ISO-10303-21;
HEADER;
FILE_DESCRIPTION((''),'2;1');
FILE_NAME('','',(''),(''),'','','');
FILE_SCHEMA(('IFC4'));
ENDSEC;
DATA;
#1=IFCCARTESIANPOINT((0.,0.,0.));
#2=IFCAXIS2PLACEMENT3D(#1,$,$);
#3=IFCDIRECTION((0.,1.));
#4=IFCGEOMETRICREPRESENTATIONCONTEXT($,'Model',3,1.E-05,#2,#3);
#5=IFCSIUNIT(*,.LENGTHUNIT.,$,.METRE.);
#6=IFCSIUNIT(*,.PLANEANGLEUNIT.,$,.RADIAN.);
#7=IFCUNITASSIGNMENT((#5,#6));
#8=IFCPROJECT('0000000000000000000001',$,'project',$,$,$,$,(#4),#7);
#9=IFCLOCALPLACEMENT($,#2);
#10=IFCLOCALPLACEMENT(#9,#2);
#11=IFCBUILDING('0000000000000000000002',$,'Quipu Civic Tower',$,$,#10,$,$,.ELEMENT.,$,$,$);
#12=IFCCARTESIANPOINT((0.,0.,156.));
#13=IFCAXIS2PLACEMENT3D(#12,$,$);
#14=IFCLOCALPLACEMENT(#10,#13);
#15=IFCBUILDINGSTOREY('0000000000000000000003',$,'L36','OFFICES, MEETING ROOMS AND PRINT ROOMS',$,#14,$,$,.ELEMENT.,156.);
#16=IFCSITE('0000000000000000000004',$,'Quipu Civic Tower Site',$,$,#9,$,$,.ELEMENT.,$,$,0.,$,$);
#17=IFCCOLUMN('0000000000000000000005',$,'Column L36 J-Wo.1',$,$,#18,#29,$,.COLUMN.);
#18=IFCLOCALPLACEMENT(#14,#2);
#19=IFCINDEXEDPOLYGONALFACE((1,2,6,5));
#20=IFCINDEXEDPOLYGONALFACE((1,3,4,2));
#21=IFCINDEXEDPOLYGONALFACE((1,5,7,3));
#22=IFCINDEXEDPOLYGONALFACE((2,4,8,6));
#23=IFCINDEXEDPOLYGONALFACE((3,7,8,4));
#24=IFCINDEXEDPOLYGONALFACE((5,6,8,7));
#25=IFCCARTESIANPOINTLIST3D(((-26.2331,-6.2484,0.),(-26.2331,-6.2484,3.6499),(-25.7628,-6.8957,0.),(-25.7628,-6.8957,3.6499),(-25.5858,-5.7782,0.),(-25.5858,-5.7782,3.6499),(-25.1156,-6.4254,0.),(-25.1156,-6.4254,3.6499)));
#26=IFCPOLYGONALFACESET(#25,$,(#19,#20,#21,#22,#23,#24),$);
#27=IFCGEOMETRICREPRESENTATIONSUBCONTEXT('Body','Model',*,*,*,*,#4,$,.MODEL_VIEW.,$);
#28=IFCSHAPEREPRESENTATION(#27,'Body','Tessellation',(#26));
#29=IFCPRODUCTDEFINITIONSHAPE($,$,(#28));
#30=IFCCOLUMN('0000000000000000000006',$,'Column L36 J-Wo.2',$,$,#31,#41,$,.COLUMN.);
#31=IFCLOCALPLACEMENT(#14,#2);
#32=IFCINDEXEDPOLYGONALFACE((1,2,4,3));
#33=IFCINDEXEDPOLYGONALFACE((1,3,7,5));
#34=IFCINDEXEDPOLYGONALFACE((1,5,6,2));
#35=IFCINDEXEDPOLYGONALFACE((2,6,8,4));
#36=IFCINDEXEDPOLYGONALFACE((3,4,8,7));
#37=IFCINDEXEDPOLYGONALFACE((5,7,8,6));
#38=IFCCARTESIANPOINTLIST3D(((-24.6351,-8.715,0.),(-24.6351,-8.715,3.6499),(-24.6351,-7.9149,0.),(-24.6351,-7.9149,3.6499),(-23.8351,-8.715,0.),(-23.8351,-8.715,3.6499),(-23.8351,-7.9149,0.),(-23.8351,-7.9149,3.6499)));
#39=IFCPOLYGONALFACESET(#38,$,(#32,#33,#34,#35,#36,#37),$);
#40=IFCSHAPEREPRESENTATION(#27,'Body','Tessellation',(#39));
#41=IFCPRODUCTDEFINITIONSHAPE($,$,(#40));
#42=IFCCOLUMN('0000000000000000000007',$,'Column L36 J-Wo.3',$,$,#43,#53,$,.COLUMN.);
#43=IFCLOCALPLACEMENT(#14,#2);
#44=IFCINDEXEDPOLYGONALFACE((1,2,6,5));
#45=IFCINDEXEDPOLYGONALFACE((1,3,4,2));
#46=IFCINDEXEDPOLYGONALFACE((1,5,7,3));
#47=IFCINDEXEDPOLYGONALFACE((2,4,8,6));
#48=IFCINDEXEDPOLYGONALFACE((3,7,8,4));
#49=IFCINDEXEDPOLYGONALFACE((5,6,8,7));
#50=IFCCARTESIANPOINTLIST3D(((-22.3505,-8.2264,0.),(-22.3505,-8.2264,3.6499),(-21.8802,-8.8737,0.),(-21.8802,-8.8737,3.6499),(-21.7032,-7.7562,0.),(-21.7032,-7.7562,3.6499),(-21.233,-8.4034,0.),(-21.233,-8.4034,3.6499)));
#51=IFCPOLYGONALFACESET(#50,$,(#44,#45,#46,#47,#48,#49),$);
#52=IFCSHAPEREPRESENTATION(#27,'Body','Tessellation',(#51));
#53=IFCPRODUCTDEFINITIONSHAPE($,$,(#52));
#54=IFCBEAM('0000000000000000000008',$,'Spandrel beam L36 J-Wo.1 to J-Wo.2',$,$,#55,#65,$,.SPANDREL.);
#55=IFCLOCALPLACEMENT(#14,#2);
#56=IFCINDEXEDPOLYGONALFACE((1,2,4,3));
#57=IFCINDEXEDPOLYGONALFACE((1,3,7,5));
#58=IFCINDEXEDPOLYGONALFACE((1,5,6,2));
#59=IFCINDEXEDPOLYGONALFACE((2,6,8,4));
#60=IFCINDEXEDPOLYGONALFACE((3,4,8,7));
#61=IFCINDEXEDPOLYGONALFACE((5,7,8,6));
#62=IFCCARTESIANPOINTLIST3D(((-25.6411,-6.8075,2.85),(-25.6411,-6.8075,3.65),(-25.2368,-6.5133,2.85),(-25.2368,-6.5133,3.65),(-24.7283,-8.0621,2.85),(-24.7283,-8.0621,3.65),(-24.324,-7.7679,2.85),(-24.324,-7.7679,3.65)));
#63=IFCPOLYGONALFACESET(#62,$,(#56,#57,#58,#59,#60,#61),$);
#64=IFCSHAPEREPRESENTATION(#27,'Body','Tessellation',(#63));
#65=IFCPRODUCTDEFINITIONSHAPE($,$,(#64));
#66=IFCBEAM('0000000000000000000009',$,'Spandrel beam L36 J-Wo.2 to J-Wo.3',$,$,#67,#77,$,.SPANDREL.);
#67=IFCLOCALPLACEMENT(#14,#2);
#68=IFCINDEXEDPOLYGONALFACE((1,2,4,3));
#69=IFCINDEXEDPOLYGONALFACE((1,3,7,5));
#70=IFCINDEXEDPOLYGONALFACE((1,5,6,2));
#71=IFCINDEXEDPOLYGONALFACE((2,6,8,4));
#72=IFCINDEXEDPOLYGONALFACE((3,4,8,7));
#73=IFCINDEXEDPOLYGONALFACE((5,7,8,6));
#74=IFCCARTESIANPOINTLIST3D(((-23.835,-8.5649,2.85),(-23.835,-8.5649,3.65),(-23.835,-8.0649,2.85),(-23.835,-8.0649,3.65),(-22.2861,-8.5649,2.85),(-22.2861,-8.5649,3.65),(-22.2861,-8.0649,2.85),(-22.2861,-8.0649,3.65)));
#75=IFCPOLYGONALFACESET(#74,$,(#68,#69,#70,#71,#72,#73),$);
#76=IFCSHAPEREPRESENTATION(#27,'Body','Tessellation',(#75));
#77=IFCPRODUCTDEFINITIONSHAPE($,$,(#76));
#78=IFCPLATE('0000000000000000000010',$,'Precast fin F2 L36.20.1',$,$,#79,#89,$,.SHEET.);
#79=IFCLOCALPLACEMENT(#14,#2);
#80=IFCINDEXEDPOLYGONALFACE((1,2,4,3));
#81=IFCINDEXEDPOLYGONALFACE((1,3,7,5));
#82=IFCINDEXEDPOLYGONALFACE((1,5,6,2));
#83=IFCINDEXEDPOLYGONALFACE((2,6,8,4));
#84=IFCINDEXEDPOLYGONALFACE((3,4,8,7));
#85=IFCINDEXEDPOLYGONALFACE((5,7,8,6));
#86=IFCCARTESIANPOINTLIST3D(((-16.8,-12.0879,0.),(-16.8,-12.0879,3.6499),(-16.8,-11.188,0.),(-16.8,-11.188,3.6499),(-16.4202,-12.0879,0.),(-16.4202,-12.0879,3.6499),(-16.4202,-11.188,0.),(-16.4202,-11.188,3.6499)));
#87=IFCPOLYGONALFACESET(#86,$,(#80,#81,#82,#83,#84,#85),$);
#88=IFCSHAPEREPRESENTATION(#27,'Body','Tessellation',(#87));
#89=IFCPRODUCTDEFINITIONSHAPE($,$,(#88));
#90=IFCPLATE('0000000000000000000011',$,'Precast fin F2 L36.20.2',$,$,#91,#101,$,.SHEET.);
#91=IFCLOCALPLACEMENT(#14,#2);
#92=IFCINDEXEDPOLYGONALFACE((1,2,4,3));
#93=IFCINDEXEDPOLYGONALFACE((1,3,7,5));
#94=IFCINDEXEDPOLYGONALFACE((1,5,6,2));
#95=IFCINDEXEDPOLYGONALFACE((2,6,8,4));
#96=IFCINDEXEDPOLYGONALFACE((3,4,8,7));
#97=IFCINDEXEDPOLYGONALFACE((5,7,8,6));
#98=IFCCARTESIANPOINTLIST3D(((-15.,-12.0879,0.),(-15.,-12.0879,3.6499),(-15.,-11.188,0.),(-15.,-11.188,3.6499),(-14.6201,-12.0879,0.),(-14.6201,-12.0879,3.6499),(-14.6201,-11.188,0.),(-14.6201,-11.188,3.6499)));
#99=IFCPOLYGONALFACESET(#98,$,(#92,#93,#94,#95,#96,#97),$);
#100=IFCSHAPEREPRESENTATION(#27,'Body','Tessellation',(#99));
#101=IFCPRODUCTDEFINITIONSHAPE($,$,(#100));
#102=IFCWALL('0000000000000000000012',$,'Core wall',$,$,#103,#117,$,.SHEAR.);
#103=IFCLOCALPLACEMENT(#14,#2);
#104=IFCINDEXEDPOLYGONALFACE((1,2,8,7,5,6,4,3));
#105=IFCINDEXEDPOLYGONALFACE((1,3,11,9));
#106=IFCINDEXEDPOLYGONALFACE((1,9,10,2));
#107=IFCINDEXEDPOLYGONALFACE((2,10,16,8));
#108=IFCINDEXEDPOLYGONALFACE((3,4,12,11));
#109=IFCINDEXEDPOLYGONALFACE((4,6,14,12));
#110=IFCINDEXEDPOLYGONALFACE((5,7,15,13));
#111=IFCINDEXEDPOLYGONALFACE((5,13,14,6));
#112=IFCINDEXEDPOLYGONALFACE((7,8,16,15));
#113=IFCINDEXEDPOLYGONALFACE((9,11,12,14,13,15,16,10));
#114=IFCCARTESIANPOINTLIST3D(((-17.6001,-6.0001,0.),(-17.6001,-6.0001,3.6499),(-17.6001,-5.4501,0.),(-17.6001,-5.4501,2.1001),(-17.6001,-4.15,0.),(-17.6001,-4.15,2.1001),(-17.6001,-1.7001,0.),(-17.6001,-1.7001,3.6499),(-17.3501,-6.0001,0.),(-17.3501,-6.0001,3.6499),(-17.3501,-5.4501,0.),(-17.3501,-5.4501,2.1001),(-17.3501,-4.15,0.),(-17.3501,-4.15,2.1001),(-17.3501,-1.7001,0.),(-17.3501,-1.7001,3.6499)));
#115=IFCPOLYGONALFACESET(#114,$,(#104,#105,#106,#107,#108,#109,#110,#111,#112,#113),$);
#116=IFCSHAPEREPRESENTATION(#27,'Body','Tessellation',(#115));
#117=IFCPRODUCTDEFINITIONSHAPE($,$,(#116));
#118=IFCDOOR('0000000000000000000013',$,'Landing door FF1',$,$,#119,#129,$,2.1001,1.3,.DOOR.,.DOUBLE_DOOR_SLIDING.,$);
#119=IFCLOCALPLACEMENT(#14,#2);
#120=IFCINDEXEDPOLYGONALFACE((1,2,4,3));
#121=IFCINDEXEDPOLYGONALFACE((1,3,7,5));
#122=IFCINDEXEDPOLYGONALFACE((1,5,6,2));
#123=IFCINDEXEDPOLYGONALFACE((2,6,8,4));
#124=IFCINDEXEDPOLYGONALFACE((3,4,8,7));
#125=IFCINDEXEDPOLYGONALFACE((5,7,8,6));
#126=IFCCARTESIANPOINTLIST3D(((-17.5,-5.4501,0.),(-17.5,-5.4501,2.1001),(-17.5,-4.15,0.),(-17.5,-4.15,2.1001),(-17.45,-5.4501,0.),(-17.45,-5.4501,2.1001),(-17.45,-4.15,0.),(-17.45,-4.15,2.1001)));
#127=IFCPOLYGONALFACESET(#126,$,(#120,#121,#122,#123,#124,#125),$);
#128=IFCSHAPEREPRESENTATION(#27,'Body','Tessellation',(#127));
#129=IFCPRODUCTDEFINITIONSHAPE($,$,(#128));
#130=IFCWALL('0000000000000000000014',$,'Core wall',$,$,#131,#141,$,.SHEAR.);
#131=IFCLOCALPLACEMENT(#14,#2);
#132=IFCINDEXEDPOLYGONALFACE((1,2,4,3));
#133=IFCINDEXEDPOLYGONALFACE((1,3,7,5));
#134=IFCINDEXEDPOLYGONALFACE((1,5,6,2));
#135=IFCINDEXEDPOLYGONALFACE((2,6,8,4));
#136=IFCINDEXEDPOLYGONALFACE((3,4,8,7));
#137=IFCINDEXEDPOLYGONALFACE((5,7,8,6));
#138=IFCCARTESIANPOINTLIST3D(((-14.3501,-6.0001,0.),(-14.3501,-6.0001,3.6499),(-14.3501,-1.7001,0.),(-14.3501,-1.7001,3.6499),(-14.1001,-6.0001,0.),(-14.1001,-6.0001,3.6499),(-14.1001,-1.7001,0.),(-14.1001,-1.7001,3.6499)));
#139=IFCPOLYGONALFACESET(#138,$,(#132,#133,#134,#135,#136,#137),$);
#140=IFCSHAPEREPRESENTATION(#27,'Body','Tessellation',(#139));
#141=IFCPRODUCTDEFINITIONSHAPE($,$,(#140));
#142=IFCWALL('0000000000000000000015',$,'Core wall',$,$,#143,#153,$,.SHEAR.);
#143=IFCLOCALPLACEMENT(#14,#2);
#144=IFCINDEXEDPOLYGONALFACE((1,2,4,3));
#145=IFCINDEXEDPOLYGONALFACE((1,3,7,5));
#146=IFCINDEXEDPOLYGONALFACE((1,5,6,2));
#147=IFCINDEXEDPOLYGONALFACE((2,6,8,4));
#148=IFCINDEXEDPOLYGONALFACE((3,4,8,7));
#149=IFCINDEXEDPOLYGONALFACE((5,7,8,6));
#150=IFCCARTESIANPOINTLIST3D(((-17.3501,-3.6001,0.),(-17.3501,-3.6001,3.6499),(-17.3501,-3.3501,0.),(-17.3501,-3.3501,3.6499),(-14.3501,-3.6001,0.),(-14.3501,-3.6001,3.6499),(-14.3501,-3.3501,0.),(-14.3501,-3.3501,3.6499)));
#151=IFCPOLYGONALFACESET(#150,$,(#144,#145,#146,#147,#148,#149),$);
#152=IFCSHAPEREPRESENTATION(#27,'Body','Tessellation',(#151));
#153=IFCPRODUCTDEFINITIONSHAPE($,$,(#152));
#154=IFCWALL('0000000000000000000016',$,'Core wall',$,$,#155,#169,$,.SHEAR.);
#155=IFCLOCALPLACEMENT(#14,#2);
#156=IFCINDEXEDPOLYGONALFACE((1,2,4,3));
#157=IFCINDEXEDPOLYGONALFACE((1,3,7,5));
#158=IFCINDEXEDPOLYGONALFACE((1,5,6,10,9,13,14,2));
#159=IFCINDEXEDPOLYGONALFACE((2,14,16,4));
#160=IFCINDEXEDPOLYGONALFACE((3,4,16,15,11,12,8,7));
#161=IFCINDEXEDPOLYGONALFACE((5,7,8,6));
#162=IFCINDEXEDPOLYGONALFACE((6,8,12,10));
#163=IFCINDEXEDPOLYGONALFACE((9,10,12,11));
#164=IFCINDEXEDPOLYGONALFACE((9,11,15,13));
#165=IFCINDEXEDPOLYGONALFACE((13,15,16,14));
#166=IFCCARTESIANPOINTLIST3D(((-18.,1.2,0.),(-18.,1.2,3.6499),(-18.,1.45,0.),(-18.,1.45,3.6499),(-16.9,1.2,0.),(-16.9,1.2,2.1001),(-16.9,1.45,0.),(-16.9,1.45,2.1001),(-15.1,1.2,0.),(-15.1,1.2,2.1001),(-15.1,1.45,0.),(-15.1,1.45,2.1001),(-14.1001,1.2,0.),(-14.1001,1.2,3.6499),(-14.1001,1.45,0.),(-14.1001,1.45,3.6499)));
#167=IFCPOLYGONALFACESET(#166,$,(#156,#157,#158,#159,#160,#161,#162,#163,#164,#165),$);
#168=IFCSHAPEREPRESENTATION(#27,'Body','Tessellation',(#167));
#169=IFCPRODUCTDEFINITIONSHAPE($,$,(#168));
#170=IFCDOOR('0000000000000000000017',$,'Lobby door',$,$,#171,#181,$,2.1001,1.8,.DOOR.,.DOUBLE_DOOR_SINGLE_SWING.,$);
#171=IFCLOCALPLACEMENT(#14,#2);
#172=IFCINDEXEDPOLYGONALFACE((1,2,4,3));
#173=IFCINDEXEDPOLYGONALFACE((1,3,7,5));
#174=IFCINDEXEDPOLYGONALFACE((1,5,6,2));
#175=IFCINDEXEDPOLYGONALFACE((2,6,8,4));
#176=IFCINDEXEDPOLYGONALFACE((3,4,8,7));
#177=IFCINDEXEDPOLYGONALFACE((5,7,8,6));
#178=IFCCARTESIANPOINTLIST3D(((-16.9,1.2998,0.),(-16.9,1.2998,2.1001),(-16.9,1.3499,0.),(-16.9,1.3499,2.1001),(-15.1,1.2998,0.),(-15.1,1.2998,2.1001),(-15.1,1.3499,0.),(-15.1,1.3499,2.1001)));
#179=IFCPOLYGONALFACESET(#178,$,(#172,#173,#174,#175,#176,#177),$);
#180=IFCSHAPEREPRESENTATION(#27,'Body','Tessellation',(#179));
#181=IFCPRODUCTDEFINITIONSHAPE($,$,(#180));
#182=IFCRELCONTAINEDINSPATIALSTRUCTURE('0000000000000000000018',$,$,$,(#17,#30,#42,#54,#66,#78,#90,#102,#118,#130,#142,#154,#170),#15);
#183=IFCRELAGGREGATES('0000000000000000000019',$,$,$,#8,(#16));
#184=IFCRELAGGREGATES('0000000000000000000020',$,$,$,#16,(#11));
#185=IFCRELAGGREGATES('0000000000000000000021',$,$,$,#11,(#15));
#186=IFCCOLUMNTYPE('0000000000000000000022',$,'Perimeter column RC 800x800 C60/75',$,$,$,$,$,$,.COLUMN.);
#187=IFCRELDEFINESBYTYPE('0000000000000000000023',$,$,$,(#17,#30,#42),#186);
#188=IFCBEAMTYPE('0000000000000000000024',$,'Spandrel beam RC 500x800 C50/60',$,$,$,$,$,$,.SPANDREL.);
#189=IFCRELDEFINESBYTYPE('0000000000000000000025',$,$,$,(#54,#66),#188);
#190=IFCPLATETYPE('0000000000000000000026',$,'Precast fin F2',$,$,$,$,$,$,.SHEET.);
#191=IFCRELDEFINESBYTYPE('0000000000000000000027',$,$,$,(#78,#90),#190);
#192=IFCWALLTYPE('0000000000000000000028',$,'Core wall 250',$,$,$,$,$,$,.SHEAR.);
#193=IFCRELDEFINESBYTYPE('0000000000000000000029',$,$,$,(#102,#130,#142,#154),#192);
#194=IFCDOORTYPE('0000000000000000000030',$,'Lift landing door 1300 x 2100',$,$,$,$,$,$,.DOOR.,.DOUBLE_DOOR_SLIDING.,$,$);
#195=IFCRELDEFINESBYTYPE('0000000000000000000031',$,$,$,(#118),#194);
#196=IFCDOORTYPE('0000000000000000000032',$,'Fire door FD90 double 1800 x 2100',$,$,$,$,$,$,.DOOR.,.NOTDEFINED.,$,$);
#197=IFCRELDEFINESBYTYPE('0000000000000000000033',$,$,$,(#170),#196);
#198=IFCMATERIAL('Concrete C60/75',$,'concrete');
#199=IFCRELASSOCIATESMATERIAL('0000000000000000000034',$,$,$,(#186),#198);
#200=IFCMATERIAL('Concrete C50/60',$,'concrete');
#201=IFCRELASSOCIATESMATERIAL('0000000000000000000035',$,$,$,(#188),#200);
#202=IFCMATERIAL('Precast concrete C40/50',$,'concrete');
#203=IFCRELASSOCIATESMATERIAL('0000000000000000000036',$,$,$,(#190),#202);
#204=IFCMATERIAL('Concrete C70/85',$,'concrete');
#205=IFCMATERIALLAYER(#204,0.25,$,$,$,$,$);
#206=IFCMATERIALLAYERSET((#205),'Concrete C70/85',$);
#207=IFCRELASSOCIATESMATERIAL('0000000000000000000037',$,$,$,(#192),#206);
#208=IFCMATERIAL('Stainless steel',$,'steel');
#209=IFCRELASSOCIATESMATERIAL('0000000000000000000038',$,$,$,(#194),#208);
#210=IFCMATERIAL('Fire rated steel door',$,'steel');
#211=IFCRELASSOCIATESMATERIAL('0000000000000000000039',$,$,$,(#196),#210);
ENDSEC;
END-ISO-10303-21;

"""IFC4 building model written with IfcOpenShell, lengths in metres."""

from ifc_helpers import new_model, si_unit, direction, frame, frame_2d, origin, origin_2d, place, context, subcontext, project, spatial, rectangle, extrude, material, layer, layer_set, material_profile, profile_set, type_object, element, fill, save


model = new_model("IFC4")

# Units and contexts
model_context = context("Model", 3, precision=1e-05, world=origin(), true_north=direction((0.0, 1.0)))
body_context = subcontext(model_context, "Body", "Model", "MODEL_VIEW")
ifc_project = project(units=[si_unit("LENGTHUNIT", "METRE"), si_unit("PLANEANGLEUNIT", "RADIAN")], contexts=[model_context])

# Site, building, storey
site_placement = place(None, origin())
site = spatial("IfcSite", under=ifc_project, at=site_placement, Name="Quipu Civic Tower Site", CompositionType="ELEMENT", RefElevation=0.0)
building_placement = place(site_placement, origin())
building = spatial("IfcBuilding", under=site, at=building_placement, Name="Quipu Civic Tower", CompositionType="ELEMENT")
storey_placement = place(building_placement, frame((0.0, 0.0, 156.0)))
storey = spatial("IfcBuildingStorey", under=building, at=storey_placement, Name="L36", Description="OFFICES, MEETING ROOMS AND PRINT ROOMS", CompositionType="ELEMENT", Elevation=156.0)

# Columns
ifc_material_1 = material(Name="Concrete C60/75", Category="concrete")
ifc_material_profile_1 = material_profile(ifc_material_1, rectangle(XDim=0.8, YDim=0.8, at=origin_2d()), Name="RC800x800")
ifc_profile_set_1 = profile_set([ifc_material_profile_1], Name="Concrete C60/75")
column_type = type_object("IfcColumnType", Name="Perimeter column RC 800x800 C60/75", PredefinedType="COLUMN", material=ifc_profile_set_1)
for number, where, z_axis, x_axis, name in (
    (1, (-25.6743, -6.3369, 0.0), (0.0, 0.0, 1.0), (0.587785, -0.809017, 0.0), "Column L36 J-Wo.1"),
    (2, (-24.2351, -8.3149, 0.0), (0.0, 0.0, 1.0), (1.0, 0.0, 0.0), "Column L36 J-Wo.2"),
    (3, (-21.7917, -8.3149, 0.0), (0.0, 0.0, 1.0), (0.587785, -0.809017, 0.0), "Column L36 J-Wo.3"),
):
    element("IfcColumn", number, at=place(storey_placement, frame(where, z_axis=z_axis, x_axis=x_axis)), inside=storey, type_object=column_type, Name=name, PredefinedType="COLUMN", context=body_context, shape_type="SweptSolid", body=[
        extrude(rectangle(XDim=0.8, YDim=0.8, at=origin_2d()), origin(), (0.0, 0.0, 1.0), 3.6499),
    ])

# Beams
ifc_material_2 = material(Name="Concrete C50/60", Category="concrete")
ifc_material_profile_2 = material_profile(ifc_material_2, rectangle(XDim=0.5, YDim=0.8, at=origin_2d()), Name="RC500x800")
ifc_profile_set_2 = profile_set([ifc_material_profile_2], Name="Concrete C50/60")
beam_type = type_object("IfcBeamType", Name="Spandrel beam RC 500x800 C50/60", PredefinedType="SPANDREL", material=ifc_profile_set_2)
beam_1_placement = place(storey_placement, frame((-25.439, -6.6604, 3.25), z_axis=(0.588331, -0.80862, 0.0), x_axis=(0.80862, 0.588331, 0.0)))
element("IfcBeam", 4, at=beam_1_placement, inside=storey, type_object=beam_type, Name="Spandrel beam L36 J-Wo.1 to J-Wo.2", PredefinedType="SPANDREL", context=body_context, shape_type="SweptSolid", body=[
    extrude(rectangle(XDim=0.5, YDim=0.8, at=origin_2d()), origin(), (0.0, 0.0, 1.0), 1.5515),
])
beam_2_placement = place(storey_placement, frame((-23.835, -8.3149, 3.25), z_axis=(1.0, 0.0, 0.0), x_axis=(0.0, 1.0, 0.0)))
element("IfcBeam", 5, at=beam_2_placement, inside=storey, type_object=beam_type, Name="Spandrel beam L36 J-Wo.2 to J-Wo.3", PredefinedType="SPANDREL", context=body_context, shape_type="SweptSolid", body=[
    extrude(rectangle(XDim=0.5, YDim=0.8, at=origin_2d()), origin(), (0.0, 0.0, 1.0), 1.5488),
])

# Plates
ifc_material_3 = material(Name="Precast concrete C40/50", Category="concrete")
plate_type = type_object("IfcPlateType", Name="Precast fin F2", PredefinedType="SHEET", material=ifc_material_3)
for number, where, z_axis, x_axis, name in (
    (6, (-16.6101, -11.6379, 0.0), (0.0, 0.0, 1.0), (1.0, 0.0, 0.0), "Precast fin F2 L36.20.1"),
    (7, (-14.8101, -11.6379, 0.0), (0.0, 0.0, 1.0), (1.0, 0.0, 0.0), "Precast fin F2 L36.20.2"),
):
    element("IfcPlate", number, at=place(storey_placement, frame(where, z_axis=z_axis, x_axis=x_axis)), inside=storey, type_object=plate_type, Name=name, PredefinedType="SHEET", context=body_context, shape_type="SweptSolid", body=[
        extrude(rectangle(XDim=0.3799, YDim=0.8999, at=origin_2d()), origin(), (0.0, 0.0, 1.0), 3.6499),
    ])

# Wall, opening, door
ifc_material_4 = material(Name="Concrete C70/85", Category="concrete")
ifc_layer_1 = layer(ifc_material_4, 0.25)
ifc_layer_set_1 = layer_set([ifc_layer_1], Name="Concrete C70/85")
wall_type_1 = type_object("IfcWallType", Name="Core wall 250", PredefinedType="SHEAR", material=ifc_layer_set_1)
wall_1_placement = place(storey_placement, frame((-17.4751, -6.0, 0.0), z_axis=(0.0, 0.0, 1.0), x_axis=(0.0, 1.0, 0.0)))
wall_1 = element("IfcWall", 8, at=wall_1_placement, inside=storey, type_object=wall_type_1, Name="Core wall", PredefinedType="SHEAR", context=body_context, shape_type="SweptSolid", body=[
    extrude(rectangle(XDim=4.3, YDim=0.25, at=frame_2d((2.1499, 0.0))), origin(), (0.0, 0.0, 1.0), 3.6499),
])
opening_1_placement = place(wall_1_placement, frame((0.55, 0.0, 0.0)))
opening_1 = element("IfcOpeningElement", 9, at=opening_1_placement, cuts=wall_1, PredefinedType="OPENING", context=body_context, shape_type="SweptSolid", body=[
    extrude(rectangle(XDim=1.3, YDim=2.1001, at=frame_2d((0.6499, 1.05))), frame((0.0, 0.135, 0.0), z_axis=(0.0, -1.0, 0.0), x_axis=(1.0, 0.0, 0.0)), (0.0, 0.0, 1.0), 0.27),
])
ifc_material_5 = material(Name="Stainless steel", Category="steel")
door_type_1 = type_object("IfcDoorType", Name="Lift landing door 1300 x 2100", OperationType="DOUBLE_DOOR_SLIDING", PredefinedType="DOOR", material=ifc_material_5)
door_1_placement = place(opening_1_placement, origin())
door_1 = element("IfcDoor", 10, at=door_1_placement, inside=storey, type_object=door_type_1, Name="Landing door FF1", OperationType="DOUBLE_DOOR_SLIDING", OverallHeight=2.1001, OverallWidth=1.3, PredefinedType="DOOR", context=body_context, shape_type="SweptSolid", body=[
    extrude(rectangle(XDim=1.3, YDim=2.1001, at=frame_2d((0.6499, 1.05))), frame((0.0, 0.0249, 0.0), z_axis=(0.0, -1.0, 0.0), x_axis=(1.0, 0.0, 0.0)), (0.0, 0.0, 1.0), 0.05),
])
fill(opening_1, door_1)

# Walls
wall_2_placement = place(storey_placement, frame((-14.2251, -6.0, 0.0), z_axis=(0.0, 0.0, 1.0), x_axis=(0.0, 1.0, 0.0)))
element("IfcWall", 11, at=wall_2_placement, inside=storey, type_object=wall_type_1, Name="Core wall", PredefinedType="SHEAR", context=body_context, shape_type="SweptSolid", body=[
    extrude(rectangle(XDim=4.3, YDim=0.25, at=frame_2d((2.1499, 0.0))), origin(), (0.0, 0.0, 1.0), 3.6499),
])
wall_3_placement = place(storey_placement, frame((-17.3501, -3.4751, 0.0), z_axis=(0.0, 0.0, 1.0), x_axis=(1.0, 0.0, 0.0)))
element("IfcWall", 12, at=wall_3_placement, inside=storey, type_object=wall_type_1, Name="Core wall", PredefinedType="SHEAR", context=body_context, shape_type="SweptSolid", body=[
    extrude(rectangle(XDim=3.0, YDim=0.25, at=frame_2d((1.5, 0.0))), origin(), (0.0, 0.0, 1.0), 3.6499),
])

# Wall, opening, door
wall_4_placement = place(storey_placement, frame((-18.0, 1.325, 0.0), z_axis=(0.0, 0.0, 1.0), x_axis=(1.0, 0.0, 0.0)))
wall_4 = element("IfcWall", 13, at=wall_4_placement, inside=storey, type_object=wall_type_1, Name="Core wall", PredefinedType="SHEAR", context=body_context, shape_type="SweptSolid", body=[
    extrude(rectangle(XDim=3.8999, YDim=0.25, at=frame_2d((1.95, 0.0))), origin(), (0.0, 0.0, 1.0), 3.6499),
])
opening_2_placement = place(wall_4_placement, frame((1.1001, 0.0, 0.0)))
opening_2 = element("IfcOpeningElement", 14, at=opening_2_placement, cuts=wall_4, PredefinedType="OPENING", context=body_context, shape_type="SweptSolid", body=[
    extrude(rectangle(XDim=1.8, YDim=2.1001, at=frame_2d((0.8999, 1.05))), frame((0.0, 0.135, 0.0), z_axis=(0.0, -1.0, 0.0), x_axis=(1.0, 0.0, 0.0)), (0.0, 0.0, 1.0), 0.27),
])
ifc_material_6 = material(Name="Fire rated steel door", Category="steel")
door_type_2 = type_object("IfcDoorType", Name="Fire door FD90 double 1800 x 2100", OperationType="NOTDEFINED", PredefinedType="DOOR", material=ifc_material_6)
door_2_placement = place(opening_2_placement, origin())
door_2 = element("IfcDoor", 15, at=door_2_placement, inside=storey, type_object=door_type_2, Name="Lobby door", OperationType="DOUBLE_DOOR_SINGLE_SWING", OverallHeight=2.1001, OverallWidth=1.8, PredefinedType="DOOR", context=body_context, shape_type="SweptSolid", body=[
    extrude(rectangle(XDim=1.8, YDim=2.1001, at=frame_2d((0.8999, 1.05))), frame((0.0, 0.0249, 0.0), z_axis=(0.0, -1.0, 0.0), x_axis=(1.0, 0.0, 0.0)), (0.0, 0.0, 1.0), 0.05),
])
fill(opening_2, door_2)

save(model, "model.ifc")
